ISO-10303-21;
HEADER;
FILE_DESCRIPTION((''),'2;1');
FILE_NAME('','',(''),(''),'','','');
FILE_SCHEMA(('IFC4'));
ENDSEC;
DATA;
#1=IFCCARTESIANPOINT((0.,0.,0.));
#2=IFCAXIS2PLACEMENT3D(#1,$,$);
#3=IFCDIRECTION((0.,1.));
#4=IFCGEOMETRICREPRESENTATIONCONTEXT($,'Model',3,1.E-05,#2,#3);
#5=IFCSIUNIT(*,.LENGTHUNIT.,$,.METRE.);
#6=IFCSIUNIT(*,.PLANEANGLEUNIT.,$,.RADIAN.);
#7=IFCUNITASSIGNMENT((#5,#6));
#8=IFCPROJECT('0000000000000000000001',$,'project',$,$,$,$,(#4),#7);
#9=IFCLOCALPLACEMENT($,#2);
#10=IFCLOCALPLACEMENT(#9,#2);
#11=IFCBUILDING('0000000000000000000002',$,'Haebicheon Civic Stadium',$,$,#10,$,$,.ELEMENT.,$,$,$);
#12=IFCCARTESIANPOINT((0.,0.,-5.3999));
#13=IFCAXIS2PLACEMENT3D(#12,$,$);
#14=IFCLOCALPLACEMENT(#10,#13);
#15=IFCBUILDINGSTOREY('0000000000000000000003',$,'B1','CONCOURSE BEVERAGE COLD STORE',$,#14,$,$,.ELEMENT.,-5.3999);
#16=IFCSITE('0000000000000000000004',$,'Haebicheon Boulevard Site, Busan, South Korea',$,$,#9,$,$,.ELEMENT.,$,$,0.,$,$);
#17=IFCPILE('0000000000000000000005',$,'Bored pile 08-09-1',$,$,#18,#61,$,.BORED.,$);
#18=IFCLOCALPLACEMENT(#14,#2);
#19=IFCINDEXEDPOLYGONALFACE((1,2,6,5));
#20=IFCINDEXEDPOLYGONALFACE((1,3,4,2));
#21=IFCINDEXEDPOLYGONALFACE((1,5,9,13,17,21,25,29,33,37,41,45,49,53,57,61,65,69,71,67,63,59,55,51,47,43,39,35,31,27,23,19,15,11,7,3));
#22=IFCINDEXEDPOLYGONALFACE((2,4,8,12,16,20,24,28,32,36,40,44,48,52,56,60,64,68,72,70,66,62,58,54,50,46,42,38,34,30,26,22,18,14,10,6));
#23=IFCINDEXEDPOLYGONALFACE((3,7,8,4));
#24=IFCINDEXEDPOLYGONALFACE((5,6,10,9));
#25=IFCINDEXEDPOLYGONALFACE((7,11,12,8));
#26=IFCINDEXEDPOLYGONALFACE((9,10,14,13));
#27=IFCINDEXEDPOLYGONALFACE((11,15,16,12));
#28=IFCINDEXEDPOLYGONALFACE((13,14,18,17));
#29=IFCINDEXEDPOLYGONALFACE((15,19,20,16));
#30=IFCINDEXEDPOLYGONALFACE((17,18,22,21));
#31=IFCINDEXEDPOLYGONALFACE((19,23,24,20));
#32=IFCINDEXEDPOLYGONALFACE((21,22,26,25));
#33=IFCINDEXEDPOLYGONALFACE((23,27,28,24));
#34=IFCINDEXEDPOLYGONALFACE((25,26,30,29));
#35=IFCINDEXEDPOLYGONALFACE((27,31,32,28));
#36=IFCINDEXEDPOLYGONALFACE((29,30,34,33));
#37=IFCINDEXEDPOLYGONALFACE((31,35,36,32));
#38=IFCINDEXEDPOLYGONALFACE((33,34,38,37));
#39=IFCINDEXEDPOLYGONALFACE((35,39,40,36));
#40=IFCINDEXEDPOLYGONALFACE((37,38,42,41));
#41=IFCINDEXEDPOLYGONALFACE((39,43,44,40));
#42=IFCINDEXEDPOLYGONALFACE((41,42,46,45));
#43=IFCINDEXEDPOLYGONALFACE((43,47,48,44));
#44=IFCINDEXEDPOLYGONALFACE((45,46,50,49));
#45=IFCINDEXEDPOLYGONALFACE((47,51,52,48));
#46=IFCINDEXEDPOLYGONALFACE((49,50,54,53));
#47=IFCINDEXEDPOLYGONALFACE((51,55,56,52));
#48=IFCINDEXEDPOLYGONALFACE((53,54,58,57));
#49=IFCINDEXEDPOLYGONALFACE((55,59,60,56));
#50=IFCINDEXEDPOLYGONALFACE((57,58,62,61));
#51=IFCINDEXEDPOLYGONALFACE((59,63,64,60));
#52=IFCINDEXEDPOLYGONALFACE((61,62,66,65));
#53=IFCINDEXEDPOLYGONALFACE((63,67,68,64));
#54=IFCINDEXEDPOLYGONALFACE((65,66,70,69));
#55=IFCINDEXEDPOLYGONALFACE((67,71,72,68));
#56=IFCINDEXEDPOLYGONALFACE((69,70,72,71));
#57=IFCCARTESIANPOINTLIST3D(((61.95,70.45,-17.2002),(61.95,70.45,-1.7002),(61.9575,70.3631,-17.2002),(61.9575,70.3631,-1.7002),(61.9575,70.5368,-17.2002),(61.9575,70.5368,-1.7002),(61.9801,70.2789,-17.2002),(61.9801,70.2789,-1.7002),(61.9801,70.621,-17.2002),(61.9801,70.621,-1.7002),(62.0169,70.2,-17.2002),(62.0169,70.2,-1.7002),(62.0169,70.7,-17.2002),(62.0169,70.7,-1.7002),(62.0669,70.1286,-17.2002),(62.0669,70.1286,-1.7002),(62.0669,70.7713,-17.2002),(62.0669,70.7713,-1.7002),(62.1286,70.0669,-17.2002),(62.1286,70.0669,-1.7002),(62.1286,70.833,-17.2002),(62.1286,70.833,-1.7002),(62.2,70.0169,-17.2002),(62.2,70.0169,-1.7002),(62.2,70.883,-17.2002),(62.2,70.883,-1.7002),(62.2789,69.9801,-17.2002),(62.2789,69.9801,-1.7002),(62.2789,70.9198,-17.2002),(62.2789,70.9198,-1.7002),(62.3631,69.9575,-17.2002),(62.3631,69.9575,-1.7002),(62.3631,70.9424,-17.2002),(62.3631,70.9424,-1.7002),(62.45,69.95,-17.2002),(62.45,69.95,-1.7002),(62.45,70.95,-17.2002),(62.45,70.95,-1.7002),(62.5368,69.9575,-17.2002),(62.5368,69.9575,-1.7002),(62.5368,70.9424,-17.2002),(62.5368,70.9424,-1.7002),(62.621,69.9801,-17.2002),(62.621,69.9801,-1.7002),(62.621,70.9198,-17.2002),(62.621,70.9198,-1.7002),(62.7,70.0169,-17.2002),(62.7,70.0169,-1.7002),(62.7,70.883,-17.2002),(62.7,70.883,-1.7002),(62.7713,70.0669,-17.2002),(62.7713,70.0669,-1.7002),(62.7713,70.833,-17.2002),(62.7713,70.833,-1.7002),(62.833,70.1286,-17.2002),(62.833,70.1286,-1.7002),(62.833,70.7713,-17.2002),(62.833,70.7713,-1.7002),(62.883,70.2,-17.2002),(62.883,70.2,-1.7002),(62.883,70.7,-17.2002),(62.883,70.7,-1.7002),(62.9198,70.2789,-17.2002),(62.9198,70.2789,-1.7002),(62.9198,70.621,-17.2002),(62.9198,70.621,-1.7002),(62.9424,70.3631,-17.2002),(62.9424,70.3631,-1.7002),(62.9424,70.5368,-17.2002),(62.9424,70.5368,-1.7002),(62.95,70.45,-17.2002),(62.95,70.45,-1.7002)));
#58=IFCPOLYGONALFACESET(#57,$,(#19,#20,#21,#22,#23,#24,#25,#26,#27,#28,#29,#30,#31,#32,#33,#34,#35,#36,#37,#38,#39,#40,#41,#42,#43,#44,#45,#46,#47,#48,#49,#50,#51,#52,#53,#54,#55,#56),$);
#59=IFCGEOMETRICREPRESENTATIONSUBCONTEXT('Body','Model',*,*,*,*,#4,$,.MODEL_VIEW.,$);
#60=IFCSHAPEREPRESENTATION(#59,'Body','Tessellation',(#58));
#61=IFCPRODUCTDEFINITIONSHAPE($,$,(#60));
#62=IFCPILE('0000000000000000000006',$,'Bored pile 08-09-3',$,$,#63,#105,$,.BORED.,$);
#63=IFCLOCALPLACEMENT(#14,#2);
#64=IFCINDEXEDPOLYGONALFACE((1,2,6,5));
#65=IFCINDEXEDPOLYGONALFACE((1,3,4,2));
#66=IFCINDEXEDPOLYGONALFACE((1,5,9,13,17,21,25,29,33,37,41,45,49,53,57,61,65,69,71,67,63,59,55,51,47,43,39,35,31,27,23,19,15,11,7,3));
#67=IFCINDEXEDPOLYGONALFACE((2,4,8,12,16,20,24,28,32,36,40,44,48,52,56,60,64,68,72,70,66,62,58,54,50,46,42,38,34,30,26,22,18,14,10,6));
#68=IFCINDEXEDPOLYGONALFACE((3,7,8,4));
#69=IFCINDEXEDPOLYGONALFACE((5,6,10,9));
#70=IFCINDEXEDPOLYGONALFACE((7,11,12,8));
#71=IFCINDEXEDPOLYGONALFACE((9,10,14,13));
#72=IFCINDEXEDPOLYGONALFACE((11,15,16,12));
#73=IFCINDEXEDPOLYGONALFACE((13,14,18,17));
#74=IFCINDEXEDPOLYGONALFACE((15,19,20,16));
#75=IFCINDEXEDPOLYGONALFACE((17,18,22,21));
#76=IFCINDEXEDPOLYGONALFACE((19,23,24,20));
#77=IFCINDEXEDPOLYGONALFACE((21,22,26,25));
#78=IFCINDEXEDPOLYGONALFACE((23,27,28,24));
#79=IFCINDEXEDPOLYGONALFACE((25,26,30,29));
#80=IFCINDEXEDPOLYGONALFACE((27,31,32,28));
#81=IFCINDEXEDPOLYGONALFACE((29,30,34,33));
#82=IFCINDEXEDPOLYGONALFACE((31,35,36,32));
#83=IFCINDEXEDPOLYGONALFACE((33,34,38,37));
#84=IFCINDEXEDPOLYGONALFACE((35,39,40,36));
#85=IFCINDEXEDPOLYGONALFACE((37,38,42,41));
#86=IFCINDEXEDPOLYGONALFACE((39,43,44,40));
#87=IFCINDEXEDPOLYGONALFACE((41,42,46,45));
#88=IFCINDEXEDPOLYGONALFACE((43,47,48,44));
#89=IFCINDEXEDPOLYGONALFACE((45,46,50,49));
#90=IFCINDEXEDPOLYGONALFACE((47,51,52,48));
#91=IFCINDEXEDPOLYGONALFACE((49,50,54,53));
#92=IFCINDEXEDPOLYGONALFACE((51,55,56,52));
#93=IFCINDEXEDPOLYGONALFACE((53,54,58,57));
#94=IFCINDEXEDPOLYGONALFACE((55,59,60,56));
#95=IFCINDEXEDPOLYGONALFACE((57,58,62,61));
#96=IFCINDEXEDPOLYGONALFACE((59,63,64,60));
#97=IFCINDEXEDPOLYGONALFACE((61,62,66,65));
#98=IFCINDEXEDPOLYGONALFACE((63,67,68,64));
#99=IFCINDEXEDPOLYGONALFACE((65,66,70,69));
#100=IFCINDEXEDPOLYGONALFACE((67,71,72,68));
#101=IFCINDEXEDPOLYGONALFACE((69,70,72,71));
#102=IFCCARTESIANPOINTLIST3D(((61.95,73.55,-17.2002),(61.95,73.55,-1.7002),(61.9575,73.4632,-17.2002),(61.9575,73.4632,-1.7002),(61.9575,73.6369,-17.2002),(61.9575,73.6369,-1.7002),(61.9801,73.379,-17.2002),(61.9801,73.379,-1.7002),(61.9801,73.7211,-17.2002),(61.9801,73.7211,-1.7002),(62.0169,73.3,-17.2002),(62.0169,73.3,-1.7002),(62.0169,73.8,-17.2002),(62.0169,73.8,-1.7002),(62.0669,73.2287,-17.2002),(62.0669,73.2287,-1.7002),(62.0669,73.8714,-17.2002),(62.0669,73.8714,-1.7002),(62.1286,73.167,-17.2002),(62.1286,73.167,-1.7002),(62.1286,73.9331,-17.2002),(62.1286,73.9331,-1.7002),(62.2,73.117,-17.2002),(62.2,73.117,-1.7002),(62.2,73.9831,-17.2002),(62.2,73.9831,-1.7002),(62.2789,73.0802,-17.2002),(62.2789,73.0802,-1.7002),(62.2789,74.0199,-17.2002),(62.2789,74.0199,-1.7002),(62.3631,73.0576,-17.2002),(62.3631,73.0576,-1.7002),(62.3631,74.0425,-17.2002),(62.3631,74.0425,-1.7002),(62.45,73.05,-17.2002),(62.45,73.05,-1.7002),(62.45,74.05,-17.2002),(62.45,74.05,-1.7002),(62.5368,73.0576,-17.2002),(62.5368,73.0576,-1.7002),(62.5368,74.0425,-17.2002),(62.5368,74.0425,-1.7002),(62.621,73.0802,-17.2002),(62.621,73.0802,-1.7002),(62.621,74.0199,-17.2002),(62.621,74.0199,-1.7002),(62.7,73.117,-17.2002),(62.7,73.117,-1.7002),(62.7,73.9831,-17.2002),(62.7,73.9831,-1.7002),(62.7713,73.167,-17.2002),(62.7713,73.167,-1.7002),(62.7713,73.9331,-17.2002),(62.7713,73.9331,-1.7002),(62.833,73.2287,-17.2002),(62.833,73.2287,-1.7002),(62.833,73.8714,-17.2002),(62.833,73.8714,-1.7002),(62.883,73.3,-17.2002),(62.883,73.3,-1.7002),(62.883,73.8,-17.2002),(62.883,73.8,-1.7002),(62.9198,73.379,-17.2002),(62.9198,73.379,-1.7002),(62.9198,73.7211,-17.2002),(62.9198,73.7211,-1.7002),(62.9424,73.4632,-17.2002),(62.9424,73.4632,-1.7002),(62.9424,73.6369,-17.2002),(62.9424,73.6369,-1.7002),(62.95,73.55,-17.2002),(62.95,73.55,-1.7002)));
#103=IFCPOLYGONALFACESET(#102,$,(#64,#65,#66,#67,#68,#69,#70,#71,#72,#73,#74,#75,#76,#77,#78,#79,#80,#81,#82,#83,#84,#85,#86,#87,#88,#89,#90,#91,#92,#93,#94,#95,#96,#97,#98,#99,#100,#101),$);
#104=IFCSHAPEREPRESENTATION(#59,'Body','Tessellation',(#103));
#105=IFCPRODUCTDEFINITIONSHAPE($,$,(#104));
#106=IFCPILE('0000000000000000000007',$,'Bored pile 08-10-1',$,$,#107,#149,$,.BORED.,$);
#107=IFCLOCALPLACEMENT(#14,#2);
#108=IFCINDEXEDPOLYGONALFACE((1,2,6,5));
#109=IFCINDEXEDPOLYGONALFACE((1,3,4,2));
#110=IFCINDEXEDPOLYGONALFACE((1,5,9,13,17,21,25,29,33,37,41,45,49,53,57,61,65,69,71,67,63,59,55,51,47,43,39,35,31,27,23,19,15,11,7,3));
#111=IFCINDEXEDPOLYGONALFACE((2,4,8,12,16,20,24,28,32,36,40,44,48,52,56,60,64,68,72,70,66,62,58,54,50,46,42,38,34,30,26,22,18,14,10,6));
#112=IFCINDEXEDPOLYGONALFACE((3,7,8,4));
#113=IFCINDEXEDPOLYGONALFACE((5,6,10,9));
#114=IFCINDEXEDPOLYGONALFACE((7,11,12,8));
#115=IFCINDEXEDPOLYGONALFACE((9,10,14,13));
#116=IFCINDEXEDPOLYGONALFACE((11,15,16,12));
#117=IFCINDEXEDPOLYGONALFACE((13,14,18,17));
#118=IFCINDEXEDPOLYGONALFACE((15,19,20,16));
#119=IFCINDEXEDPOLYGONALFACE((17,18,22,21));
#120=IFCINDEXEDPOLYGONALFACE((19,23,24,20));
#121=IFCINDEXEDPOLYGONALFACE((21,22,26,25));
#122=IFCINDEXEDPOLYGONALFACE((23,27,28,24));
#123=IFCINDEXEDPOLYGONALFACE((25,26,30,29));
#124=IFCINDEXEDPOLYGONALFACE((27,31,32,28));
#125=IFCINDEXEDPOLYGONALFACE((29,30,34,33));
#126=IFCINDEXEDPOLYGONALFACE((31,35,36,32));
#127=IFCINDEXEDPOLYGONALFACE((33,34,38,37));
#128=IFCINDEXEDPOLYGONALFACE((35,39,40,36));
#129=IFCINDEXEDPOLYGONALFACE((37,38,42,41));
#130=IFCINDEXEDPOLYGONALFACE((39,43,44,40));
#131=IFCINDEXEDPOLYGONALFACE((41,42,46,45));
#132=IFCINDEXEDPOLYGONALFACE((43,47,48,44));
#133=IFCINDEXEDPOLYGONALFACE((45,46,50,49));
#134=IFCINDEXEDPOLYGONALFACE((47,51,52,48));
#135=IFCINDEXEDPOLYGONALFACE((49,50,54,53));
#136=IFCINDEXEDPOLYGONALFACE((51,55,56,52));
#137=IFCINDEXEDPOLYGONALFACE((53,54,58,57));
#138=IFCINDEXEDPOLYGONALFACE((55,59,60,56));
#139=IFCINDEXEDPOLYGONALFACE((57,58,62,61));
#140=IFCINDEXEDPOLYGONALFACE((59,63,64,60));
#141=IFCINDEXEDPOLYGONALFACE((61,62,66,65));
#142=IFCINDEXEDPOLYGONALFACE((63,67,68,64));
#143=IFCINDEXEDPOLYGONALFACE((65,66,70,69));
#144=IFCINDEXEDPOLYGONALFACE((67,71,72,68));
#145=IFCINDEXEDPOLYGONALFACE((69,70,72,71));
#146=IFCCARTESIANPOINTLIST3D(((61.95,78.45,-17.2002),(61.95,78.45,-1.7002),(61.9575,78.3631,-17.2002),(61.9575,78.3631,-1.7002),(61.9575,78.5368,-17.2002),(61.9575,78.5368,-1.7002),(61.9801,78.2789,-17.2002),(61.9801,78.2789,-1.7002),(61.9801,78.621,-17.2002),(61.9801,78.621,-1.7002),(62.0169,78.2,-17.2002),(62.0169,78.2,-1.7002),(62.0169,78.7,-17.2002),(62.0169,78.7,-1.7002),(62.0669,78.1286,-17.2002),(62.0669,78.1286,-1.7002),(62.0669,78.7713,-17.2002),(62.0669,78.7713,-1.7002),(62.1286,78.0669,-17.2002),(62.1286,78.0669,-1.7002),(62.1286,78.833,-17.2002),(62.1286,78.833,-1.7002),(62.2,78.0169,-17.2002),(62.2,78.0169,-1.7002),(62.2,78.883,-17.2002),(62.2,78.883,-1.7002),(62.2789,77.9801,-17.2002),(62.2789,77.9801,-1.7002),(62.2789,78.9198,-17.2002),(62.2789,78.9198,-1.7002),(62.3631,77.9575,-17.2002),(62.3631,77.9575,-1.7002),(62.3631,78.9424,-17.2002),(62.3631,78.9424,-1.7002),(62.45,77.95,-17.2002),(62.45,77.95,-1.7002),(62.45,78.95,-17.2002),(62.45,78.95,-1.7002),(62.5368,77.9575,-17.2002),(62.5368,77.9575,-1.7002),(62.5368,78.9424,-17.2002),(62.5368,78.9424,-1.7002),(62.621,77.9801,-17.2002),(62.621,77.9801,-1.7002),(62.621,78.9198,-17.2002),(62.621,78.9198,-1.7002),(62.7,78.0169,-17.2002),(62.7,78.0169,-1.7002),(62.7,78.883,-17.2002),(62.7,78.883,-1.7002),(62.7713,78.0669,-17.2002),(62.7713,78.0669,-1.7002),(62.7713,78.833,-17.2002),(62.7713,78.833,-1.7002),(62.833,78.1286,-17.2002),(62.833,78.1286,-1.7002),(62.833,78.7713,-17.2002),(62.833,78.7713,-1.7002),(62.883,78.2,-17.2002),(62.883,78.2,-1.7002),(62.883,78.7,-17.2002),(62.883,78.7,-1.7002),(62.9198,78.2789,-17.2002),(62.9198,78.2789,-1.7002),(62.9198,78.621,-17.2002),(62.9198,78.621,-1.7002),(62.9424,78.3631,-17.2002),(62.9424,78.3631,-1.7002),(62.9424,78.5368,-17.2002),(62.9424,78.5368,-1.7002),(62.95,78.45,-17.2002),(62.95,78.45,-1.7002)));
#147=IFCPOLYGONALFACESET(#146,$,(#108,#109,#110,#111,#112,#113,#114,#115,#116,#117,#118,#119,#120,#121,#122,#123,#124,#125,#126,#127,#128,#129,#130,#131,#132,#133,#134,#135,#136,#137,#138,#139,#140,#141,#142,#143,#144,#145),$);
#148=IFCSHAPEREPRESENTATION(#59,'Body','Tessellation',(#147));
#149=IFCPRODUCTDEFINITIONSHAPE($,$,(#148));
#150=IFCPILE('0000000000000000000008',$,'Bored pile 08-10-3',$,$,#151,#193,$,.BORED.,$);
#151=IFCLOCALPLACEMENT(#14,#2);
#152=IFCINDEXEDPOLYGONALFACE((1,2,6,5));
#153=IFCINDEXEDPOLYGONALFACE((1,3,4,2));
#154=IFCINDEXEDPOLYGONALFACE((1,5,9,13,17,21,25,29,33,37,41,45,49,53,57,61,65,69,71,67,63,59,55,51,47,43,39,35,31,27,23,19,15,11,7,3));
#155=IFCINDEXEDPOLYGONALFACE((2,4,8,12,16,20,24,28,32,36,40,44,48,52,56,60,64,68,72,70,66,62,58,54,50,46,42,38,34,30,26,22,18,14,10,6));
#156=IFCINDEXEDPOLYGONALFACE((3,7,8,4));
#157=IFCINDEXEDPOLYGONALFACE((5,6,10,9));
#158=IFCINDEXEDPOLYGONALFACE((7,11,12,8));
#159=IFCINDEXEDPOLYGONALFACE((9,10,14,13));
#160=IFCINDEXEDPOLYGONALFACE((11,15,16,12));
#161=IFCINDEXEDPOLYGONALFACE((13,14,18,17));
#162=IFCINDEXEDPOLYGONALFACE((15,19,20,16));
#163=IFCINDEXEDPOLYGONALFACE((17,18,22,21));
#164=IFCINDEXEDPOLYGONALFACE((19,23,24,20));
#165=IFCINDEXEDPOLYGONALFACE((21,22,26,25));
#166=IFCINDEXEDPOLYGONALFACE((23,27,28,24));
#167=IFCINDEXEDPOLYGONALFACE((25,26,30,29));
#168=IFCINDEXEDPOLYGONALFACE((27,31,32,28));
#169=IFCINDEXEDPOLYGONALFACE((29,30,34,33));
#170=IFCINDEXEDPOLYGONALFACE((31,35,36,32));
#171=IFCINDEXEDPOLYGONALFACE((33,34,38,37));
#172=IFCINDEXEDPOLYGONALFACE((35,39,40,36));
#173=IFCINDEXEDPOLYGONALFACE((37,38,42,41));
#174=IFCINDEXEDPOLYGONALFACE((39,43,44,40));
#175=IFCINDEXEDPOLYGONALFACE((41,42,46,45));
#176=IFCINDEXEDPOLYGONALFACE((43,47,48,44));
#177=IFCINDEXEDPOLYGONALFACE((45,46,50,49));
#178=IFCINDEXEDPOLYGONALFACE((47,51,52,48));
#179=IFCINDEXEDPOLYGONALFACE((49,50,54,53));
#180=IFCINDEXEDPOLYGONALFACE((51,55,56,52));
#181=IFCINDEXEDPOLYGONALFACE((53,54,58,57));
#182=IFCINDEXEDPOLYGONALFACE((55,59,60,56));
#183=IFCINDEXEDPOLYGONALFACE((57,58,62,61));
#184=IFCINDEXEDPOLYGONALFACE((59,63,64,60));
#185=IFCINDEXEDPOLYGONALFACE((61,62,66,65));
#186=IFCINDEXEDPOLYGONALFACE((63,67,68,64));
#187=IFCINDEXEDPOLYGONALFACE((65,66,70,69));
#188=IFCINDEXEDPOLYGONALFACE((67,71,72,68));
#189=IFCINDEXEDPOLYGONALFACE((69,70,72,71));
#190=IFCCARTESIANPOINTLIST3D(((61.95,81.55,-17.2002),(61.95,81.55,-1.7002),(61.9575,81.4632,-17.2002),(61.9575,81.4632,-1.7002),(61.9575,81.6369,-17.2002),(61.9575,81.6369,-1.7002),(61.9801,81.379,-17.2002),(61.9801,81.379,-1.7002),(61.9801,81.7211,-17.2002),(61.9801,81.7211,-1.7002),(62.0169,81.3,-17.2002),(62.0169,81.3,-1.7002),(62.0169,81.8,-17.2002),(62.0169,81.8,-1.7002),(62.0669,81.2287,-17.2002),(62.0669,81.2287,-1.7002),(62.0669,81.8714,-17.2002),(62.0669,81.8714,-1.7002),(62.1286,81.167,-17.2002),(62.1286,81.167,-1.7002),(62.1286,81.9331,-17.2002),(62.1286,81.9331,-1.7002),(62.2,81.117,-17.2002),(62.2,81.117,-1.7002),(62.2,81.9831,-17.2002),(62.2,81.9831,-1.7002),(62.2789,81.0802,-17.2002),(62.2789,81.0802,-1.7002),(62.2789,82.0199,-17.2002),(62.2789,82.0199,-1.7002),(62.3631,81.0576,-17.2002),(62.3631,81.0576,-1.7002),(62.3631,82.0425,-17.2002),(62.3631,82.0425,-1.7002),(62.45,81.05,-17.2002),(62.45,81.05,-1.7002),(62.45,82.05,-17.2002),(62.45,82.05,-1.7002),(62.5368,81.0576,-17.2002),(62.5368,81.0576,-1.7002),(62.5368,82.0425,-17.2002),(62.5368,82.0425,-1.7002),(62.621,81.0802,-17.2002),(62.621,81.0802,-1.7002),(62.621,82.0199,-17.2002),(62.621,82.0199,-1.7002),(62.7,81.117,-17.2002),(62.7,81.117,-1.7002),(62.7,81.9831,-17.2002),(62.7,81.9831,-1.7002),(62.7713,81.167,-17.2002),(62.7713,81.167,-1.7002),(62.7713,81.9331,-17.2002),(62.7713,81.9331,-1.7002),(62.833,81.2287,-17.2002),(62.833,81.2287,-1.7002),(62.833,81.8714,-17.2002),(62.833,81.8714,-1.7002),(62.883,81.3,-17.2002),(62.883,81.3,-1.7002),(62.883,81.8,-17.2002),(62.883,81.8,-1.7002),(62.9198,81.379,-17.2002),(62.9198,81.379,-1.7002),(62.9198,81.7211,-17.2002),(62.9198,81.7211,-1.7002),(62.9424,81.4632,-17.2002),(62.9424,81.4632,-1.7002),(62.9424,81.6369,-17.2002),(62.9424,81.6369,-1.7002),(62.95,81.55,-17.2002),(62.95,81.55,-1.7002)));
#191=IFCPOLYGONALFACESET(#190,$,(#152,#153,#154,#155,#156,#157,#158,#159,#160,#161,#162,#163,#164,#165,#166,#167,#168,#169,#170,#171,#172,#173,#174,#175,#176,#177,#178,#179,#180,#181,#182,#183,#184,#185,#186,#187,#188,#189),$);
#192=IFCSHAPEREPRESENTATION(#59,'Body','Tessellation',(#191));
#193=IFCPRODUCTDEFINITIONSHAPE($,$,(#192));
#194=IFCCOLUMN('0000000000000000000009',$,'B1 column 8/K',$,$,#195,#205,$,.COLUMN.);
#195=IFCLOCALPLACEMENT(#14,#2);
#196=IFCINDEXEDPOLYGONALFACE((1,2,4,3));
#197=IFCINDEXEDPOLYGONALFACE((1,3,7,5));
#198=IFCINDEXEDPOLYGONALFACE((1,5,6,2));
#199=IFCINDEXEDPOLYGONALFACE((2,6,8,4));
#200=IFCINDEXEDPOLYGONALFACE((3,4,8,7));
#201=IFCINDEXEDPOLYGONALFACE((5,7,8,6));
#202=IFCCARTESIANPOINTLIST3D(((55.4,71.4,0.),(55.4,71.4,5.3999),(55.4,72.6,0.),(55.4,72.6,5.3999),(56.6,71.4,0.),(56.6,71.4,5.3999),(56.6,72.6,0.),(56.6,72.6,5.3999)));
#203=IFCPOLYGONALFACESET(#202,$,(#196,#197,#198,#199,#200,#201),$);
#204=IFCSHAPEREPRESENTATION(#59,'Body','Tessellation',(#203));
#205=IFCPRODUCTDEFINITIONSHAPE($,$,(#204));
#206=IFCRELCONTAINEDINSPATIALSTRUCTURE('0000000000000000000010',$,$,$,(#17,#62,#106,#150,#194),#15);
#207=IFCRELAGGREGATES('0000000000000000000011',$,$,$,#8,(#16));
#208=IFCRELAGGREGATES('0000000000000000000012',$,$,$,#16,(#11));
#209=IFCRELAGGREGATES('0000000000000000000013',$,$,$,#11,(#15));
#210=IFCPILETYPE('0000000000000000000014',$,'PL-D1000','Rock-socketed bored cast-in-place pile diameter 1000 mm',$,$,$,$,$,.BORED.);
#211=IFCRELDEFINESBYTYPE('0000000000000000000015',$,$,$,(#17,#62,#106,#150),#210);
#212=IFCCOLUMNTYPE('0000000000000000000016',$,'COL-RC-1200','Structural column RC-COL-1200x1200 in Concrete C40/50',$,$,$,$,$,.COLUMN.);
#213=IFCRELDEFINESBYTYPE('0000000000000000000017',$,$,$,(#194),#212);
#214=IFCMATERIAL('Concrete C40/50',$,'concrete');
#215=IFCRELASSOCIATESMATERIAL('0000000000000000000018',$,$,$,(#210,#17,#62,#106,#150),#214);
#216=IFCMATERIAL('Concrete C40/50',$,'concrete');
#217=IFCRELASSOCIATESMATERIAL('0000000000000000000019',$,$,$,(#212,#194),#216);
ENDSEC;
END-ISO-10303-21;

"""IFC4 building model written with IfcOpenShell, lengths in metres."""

from ifc_helpers import new_model, si_unit, direction, frame, origin, origin_2d, place, context, subcontext, project, spatial, rectangle, circle, extrude, material, material_profile, profile_set, type_object, element, save


model = new_model("IFC4")

# Units and contexts
model_context = context("Model", 3, precision=1e-05, world=origin(), true_north=direction((0.0, 1.0)))
body_context = subcontext(model_context, "Body", "Model", "MODEL_VIEW")
ifc_project = project(units=[si_unit("LENGTHUNIT", "METRE"), si_unit("PLANEANGLEUNIT", "RADIAN")], contexts=[model_context])

# Site, building, storey
site_placement = place(None, origin())
site = spatial("IfcSite", under=ifc_project, at=site_placement, Name="Haebicheon Boulevard Site, Busan, South Korea", CompositionType="ELEMENT", RefElevation=0.0)
building_placement = place(site_placement, origin())
building = spatial("IfcBuilding", under=site, at=building_placement, Name="Haebicheon Civic Stadium", CompositionType="ELEMENT")
storey_placement = place(building_placement, frame((0.0, 0.0, -5.3999)))
storey = spatial("IfcBuildingStorey", under=building, at=storey_placement, Name="B1", Description="CONCOURSE BEVERAGE COLD STORE", CompositionType="ELEMENT", Elevation=-5.3999)

# Piles
ifc_material_1 = material(Name="Concrete C40/50", Category="concrete")
ifc_material_profile_1 = material_profile(ifc_material_1, circle(Radius=0.5, at=origin_2d()), Name="PILE-D1000")
ifc_profile_set_1 = profile_set([ifc_material_profile_1], Name="Concrete C40/50")
pile_type = type_object("IfcPileType", Name="PL-D1000", Description="Rock-socketed bored cast-in-place pile diameter 1000 mm", PredefinedType="BORED", material=ifc_profile_set_1)
for number, where, z_axis, x_axis, name in (
    (1, (62.45, 70.45, -1.7002), (0.0, 0.0, -1.0), (1.0, 0.0, 0.0), "Bored pile 08-09-1"),
    (2, (62.45, 73.55, -1.7002), (0.0, 0.0, -1.0), (1.0, 0.0, 0.0), "Bored pile 08-09-3"),
    (3, (62.45, 78.45, -1.7002), (0.0, 0.0, -1.0), (1.0, 0.0, 0.0), "Bored pile 08-10-1"),
    (4, (62.45, 81.55, -1.7002), (0.0, 0.0, -1.0), (1.0, 0.0, 0.0), "Bored pile 08-10-3"),
):
    element("IfcPile", number, at=place(storey_placement, frame(where, z_axis=z_axis, x_axis=x_axis)), inside=storey, type_object=pile_type, material=ifc_profile_set_1, Name=name, PredefinedType="BORED", context=body_context, shape_type="SweptSolid", body=[
        extrude(circle(Radius=0.5, at=origin_2d()), origin(), (0.0, 0.0, 1.0), 15.5),
    ])

# Column
ifc_material_2 = material(Name="Concrete C40/50", Category="concrete")
ifc_material_profile_2 = material_profile(ifc_material_2, rectangle(XDim=1.2, YDim=1.2, at=origin_2d()), Name="RC-COL-1200x1200")
ifc_profile_set_2 = profile_set([ifc_material_profile_2], Name="Concrete C40/50")
column_type = type_object("IfcColumnType", Name="COL-RC-1200", Description="Structural column RC-COL-1200x1200 in Concrete C40/50", PredefinedType="COLUMN", material=ifc_profile_set_2)
for number, where, z_axis, x_axis, name in (
    (5, (56.0, 72.0, 0.0), (0.0, 0.0, 1.0), (1.0, 0.0, 0.0), "B1 column 8/K"),
):
    element("IfcColumn", number, at=place(storey_placement, frame(where, z_axis=z_axis, x_axis=x_axis)), inside=storey, type_object=column_type, material=ifc_profile_set_2, Name=name, PredefinedType="COLUMN", context=body_context, shape_type="SweptSolid", body=[
        extrude(rectangle(XDim=1.2, YDim=1.2, at=origin_2d()), origin(), (0.0, 0.0, 1.0), 5.3999),
    ])

save(model, "model.ifc")
